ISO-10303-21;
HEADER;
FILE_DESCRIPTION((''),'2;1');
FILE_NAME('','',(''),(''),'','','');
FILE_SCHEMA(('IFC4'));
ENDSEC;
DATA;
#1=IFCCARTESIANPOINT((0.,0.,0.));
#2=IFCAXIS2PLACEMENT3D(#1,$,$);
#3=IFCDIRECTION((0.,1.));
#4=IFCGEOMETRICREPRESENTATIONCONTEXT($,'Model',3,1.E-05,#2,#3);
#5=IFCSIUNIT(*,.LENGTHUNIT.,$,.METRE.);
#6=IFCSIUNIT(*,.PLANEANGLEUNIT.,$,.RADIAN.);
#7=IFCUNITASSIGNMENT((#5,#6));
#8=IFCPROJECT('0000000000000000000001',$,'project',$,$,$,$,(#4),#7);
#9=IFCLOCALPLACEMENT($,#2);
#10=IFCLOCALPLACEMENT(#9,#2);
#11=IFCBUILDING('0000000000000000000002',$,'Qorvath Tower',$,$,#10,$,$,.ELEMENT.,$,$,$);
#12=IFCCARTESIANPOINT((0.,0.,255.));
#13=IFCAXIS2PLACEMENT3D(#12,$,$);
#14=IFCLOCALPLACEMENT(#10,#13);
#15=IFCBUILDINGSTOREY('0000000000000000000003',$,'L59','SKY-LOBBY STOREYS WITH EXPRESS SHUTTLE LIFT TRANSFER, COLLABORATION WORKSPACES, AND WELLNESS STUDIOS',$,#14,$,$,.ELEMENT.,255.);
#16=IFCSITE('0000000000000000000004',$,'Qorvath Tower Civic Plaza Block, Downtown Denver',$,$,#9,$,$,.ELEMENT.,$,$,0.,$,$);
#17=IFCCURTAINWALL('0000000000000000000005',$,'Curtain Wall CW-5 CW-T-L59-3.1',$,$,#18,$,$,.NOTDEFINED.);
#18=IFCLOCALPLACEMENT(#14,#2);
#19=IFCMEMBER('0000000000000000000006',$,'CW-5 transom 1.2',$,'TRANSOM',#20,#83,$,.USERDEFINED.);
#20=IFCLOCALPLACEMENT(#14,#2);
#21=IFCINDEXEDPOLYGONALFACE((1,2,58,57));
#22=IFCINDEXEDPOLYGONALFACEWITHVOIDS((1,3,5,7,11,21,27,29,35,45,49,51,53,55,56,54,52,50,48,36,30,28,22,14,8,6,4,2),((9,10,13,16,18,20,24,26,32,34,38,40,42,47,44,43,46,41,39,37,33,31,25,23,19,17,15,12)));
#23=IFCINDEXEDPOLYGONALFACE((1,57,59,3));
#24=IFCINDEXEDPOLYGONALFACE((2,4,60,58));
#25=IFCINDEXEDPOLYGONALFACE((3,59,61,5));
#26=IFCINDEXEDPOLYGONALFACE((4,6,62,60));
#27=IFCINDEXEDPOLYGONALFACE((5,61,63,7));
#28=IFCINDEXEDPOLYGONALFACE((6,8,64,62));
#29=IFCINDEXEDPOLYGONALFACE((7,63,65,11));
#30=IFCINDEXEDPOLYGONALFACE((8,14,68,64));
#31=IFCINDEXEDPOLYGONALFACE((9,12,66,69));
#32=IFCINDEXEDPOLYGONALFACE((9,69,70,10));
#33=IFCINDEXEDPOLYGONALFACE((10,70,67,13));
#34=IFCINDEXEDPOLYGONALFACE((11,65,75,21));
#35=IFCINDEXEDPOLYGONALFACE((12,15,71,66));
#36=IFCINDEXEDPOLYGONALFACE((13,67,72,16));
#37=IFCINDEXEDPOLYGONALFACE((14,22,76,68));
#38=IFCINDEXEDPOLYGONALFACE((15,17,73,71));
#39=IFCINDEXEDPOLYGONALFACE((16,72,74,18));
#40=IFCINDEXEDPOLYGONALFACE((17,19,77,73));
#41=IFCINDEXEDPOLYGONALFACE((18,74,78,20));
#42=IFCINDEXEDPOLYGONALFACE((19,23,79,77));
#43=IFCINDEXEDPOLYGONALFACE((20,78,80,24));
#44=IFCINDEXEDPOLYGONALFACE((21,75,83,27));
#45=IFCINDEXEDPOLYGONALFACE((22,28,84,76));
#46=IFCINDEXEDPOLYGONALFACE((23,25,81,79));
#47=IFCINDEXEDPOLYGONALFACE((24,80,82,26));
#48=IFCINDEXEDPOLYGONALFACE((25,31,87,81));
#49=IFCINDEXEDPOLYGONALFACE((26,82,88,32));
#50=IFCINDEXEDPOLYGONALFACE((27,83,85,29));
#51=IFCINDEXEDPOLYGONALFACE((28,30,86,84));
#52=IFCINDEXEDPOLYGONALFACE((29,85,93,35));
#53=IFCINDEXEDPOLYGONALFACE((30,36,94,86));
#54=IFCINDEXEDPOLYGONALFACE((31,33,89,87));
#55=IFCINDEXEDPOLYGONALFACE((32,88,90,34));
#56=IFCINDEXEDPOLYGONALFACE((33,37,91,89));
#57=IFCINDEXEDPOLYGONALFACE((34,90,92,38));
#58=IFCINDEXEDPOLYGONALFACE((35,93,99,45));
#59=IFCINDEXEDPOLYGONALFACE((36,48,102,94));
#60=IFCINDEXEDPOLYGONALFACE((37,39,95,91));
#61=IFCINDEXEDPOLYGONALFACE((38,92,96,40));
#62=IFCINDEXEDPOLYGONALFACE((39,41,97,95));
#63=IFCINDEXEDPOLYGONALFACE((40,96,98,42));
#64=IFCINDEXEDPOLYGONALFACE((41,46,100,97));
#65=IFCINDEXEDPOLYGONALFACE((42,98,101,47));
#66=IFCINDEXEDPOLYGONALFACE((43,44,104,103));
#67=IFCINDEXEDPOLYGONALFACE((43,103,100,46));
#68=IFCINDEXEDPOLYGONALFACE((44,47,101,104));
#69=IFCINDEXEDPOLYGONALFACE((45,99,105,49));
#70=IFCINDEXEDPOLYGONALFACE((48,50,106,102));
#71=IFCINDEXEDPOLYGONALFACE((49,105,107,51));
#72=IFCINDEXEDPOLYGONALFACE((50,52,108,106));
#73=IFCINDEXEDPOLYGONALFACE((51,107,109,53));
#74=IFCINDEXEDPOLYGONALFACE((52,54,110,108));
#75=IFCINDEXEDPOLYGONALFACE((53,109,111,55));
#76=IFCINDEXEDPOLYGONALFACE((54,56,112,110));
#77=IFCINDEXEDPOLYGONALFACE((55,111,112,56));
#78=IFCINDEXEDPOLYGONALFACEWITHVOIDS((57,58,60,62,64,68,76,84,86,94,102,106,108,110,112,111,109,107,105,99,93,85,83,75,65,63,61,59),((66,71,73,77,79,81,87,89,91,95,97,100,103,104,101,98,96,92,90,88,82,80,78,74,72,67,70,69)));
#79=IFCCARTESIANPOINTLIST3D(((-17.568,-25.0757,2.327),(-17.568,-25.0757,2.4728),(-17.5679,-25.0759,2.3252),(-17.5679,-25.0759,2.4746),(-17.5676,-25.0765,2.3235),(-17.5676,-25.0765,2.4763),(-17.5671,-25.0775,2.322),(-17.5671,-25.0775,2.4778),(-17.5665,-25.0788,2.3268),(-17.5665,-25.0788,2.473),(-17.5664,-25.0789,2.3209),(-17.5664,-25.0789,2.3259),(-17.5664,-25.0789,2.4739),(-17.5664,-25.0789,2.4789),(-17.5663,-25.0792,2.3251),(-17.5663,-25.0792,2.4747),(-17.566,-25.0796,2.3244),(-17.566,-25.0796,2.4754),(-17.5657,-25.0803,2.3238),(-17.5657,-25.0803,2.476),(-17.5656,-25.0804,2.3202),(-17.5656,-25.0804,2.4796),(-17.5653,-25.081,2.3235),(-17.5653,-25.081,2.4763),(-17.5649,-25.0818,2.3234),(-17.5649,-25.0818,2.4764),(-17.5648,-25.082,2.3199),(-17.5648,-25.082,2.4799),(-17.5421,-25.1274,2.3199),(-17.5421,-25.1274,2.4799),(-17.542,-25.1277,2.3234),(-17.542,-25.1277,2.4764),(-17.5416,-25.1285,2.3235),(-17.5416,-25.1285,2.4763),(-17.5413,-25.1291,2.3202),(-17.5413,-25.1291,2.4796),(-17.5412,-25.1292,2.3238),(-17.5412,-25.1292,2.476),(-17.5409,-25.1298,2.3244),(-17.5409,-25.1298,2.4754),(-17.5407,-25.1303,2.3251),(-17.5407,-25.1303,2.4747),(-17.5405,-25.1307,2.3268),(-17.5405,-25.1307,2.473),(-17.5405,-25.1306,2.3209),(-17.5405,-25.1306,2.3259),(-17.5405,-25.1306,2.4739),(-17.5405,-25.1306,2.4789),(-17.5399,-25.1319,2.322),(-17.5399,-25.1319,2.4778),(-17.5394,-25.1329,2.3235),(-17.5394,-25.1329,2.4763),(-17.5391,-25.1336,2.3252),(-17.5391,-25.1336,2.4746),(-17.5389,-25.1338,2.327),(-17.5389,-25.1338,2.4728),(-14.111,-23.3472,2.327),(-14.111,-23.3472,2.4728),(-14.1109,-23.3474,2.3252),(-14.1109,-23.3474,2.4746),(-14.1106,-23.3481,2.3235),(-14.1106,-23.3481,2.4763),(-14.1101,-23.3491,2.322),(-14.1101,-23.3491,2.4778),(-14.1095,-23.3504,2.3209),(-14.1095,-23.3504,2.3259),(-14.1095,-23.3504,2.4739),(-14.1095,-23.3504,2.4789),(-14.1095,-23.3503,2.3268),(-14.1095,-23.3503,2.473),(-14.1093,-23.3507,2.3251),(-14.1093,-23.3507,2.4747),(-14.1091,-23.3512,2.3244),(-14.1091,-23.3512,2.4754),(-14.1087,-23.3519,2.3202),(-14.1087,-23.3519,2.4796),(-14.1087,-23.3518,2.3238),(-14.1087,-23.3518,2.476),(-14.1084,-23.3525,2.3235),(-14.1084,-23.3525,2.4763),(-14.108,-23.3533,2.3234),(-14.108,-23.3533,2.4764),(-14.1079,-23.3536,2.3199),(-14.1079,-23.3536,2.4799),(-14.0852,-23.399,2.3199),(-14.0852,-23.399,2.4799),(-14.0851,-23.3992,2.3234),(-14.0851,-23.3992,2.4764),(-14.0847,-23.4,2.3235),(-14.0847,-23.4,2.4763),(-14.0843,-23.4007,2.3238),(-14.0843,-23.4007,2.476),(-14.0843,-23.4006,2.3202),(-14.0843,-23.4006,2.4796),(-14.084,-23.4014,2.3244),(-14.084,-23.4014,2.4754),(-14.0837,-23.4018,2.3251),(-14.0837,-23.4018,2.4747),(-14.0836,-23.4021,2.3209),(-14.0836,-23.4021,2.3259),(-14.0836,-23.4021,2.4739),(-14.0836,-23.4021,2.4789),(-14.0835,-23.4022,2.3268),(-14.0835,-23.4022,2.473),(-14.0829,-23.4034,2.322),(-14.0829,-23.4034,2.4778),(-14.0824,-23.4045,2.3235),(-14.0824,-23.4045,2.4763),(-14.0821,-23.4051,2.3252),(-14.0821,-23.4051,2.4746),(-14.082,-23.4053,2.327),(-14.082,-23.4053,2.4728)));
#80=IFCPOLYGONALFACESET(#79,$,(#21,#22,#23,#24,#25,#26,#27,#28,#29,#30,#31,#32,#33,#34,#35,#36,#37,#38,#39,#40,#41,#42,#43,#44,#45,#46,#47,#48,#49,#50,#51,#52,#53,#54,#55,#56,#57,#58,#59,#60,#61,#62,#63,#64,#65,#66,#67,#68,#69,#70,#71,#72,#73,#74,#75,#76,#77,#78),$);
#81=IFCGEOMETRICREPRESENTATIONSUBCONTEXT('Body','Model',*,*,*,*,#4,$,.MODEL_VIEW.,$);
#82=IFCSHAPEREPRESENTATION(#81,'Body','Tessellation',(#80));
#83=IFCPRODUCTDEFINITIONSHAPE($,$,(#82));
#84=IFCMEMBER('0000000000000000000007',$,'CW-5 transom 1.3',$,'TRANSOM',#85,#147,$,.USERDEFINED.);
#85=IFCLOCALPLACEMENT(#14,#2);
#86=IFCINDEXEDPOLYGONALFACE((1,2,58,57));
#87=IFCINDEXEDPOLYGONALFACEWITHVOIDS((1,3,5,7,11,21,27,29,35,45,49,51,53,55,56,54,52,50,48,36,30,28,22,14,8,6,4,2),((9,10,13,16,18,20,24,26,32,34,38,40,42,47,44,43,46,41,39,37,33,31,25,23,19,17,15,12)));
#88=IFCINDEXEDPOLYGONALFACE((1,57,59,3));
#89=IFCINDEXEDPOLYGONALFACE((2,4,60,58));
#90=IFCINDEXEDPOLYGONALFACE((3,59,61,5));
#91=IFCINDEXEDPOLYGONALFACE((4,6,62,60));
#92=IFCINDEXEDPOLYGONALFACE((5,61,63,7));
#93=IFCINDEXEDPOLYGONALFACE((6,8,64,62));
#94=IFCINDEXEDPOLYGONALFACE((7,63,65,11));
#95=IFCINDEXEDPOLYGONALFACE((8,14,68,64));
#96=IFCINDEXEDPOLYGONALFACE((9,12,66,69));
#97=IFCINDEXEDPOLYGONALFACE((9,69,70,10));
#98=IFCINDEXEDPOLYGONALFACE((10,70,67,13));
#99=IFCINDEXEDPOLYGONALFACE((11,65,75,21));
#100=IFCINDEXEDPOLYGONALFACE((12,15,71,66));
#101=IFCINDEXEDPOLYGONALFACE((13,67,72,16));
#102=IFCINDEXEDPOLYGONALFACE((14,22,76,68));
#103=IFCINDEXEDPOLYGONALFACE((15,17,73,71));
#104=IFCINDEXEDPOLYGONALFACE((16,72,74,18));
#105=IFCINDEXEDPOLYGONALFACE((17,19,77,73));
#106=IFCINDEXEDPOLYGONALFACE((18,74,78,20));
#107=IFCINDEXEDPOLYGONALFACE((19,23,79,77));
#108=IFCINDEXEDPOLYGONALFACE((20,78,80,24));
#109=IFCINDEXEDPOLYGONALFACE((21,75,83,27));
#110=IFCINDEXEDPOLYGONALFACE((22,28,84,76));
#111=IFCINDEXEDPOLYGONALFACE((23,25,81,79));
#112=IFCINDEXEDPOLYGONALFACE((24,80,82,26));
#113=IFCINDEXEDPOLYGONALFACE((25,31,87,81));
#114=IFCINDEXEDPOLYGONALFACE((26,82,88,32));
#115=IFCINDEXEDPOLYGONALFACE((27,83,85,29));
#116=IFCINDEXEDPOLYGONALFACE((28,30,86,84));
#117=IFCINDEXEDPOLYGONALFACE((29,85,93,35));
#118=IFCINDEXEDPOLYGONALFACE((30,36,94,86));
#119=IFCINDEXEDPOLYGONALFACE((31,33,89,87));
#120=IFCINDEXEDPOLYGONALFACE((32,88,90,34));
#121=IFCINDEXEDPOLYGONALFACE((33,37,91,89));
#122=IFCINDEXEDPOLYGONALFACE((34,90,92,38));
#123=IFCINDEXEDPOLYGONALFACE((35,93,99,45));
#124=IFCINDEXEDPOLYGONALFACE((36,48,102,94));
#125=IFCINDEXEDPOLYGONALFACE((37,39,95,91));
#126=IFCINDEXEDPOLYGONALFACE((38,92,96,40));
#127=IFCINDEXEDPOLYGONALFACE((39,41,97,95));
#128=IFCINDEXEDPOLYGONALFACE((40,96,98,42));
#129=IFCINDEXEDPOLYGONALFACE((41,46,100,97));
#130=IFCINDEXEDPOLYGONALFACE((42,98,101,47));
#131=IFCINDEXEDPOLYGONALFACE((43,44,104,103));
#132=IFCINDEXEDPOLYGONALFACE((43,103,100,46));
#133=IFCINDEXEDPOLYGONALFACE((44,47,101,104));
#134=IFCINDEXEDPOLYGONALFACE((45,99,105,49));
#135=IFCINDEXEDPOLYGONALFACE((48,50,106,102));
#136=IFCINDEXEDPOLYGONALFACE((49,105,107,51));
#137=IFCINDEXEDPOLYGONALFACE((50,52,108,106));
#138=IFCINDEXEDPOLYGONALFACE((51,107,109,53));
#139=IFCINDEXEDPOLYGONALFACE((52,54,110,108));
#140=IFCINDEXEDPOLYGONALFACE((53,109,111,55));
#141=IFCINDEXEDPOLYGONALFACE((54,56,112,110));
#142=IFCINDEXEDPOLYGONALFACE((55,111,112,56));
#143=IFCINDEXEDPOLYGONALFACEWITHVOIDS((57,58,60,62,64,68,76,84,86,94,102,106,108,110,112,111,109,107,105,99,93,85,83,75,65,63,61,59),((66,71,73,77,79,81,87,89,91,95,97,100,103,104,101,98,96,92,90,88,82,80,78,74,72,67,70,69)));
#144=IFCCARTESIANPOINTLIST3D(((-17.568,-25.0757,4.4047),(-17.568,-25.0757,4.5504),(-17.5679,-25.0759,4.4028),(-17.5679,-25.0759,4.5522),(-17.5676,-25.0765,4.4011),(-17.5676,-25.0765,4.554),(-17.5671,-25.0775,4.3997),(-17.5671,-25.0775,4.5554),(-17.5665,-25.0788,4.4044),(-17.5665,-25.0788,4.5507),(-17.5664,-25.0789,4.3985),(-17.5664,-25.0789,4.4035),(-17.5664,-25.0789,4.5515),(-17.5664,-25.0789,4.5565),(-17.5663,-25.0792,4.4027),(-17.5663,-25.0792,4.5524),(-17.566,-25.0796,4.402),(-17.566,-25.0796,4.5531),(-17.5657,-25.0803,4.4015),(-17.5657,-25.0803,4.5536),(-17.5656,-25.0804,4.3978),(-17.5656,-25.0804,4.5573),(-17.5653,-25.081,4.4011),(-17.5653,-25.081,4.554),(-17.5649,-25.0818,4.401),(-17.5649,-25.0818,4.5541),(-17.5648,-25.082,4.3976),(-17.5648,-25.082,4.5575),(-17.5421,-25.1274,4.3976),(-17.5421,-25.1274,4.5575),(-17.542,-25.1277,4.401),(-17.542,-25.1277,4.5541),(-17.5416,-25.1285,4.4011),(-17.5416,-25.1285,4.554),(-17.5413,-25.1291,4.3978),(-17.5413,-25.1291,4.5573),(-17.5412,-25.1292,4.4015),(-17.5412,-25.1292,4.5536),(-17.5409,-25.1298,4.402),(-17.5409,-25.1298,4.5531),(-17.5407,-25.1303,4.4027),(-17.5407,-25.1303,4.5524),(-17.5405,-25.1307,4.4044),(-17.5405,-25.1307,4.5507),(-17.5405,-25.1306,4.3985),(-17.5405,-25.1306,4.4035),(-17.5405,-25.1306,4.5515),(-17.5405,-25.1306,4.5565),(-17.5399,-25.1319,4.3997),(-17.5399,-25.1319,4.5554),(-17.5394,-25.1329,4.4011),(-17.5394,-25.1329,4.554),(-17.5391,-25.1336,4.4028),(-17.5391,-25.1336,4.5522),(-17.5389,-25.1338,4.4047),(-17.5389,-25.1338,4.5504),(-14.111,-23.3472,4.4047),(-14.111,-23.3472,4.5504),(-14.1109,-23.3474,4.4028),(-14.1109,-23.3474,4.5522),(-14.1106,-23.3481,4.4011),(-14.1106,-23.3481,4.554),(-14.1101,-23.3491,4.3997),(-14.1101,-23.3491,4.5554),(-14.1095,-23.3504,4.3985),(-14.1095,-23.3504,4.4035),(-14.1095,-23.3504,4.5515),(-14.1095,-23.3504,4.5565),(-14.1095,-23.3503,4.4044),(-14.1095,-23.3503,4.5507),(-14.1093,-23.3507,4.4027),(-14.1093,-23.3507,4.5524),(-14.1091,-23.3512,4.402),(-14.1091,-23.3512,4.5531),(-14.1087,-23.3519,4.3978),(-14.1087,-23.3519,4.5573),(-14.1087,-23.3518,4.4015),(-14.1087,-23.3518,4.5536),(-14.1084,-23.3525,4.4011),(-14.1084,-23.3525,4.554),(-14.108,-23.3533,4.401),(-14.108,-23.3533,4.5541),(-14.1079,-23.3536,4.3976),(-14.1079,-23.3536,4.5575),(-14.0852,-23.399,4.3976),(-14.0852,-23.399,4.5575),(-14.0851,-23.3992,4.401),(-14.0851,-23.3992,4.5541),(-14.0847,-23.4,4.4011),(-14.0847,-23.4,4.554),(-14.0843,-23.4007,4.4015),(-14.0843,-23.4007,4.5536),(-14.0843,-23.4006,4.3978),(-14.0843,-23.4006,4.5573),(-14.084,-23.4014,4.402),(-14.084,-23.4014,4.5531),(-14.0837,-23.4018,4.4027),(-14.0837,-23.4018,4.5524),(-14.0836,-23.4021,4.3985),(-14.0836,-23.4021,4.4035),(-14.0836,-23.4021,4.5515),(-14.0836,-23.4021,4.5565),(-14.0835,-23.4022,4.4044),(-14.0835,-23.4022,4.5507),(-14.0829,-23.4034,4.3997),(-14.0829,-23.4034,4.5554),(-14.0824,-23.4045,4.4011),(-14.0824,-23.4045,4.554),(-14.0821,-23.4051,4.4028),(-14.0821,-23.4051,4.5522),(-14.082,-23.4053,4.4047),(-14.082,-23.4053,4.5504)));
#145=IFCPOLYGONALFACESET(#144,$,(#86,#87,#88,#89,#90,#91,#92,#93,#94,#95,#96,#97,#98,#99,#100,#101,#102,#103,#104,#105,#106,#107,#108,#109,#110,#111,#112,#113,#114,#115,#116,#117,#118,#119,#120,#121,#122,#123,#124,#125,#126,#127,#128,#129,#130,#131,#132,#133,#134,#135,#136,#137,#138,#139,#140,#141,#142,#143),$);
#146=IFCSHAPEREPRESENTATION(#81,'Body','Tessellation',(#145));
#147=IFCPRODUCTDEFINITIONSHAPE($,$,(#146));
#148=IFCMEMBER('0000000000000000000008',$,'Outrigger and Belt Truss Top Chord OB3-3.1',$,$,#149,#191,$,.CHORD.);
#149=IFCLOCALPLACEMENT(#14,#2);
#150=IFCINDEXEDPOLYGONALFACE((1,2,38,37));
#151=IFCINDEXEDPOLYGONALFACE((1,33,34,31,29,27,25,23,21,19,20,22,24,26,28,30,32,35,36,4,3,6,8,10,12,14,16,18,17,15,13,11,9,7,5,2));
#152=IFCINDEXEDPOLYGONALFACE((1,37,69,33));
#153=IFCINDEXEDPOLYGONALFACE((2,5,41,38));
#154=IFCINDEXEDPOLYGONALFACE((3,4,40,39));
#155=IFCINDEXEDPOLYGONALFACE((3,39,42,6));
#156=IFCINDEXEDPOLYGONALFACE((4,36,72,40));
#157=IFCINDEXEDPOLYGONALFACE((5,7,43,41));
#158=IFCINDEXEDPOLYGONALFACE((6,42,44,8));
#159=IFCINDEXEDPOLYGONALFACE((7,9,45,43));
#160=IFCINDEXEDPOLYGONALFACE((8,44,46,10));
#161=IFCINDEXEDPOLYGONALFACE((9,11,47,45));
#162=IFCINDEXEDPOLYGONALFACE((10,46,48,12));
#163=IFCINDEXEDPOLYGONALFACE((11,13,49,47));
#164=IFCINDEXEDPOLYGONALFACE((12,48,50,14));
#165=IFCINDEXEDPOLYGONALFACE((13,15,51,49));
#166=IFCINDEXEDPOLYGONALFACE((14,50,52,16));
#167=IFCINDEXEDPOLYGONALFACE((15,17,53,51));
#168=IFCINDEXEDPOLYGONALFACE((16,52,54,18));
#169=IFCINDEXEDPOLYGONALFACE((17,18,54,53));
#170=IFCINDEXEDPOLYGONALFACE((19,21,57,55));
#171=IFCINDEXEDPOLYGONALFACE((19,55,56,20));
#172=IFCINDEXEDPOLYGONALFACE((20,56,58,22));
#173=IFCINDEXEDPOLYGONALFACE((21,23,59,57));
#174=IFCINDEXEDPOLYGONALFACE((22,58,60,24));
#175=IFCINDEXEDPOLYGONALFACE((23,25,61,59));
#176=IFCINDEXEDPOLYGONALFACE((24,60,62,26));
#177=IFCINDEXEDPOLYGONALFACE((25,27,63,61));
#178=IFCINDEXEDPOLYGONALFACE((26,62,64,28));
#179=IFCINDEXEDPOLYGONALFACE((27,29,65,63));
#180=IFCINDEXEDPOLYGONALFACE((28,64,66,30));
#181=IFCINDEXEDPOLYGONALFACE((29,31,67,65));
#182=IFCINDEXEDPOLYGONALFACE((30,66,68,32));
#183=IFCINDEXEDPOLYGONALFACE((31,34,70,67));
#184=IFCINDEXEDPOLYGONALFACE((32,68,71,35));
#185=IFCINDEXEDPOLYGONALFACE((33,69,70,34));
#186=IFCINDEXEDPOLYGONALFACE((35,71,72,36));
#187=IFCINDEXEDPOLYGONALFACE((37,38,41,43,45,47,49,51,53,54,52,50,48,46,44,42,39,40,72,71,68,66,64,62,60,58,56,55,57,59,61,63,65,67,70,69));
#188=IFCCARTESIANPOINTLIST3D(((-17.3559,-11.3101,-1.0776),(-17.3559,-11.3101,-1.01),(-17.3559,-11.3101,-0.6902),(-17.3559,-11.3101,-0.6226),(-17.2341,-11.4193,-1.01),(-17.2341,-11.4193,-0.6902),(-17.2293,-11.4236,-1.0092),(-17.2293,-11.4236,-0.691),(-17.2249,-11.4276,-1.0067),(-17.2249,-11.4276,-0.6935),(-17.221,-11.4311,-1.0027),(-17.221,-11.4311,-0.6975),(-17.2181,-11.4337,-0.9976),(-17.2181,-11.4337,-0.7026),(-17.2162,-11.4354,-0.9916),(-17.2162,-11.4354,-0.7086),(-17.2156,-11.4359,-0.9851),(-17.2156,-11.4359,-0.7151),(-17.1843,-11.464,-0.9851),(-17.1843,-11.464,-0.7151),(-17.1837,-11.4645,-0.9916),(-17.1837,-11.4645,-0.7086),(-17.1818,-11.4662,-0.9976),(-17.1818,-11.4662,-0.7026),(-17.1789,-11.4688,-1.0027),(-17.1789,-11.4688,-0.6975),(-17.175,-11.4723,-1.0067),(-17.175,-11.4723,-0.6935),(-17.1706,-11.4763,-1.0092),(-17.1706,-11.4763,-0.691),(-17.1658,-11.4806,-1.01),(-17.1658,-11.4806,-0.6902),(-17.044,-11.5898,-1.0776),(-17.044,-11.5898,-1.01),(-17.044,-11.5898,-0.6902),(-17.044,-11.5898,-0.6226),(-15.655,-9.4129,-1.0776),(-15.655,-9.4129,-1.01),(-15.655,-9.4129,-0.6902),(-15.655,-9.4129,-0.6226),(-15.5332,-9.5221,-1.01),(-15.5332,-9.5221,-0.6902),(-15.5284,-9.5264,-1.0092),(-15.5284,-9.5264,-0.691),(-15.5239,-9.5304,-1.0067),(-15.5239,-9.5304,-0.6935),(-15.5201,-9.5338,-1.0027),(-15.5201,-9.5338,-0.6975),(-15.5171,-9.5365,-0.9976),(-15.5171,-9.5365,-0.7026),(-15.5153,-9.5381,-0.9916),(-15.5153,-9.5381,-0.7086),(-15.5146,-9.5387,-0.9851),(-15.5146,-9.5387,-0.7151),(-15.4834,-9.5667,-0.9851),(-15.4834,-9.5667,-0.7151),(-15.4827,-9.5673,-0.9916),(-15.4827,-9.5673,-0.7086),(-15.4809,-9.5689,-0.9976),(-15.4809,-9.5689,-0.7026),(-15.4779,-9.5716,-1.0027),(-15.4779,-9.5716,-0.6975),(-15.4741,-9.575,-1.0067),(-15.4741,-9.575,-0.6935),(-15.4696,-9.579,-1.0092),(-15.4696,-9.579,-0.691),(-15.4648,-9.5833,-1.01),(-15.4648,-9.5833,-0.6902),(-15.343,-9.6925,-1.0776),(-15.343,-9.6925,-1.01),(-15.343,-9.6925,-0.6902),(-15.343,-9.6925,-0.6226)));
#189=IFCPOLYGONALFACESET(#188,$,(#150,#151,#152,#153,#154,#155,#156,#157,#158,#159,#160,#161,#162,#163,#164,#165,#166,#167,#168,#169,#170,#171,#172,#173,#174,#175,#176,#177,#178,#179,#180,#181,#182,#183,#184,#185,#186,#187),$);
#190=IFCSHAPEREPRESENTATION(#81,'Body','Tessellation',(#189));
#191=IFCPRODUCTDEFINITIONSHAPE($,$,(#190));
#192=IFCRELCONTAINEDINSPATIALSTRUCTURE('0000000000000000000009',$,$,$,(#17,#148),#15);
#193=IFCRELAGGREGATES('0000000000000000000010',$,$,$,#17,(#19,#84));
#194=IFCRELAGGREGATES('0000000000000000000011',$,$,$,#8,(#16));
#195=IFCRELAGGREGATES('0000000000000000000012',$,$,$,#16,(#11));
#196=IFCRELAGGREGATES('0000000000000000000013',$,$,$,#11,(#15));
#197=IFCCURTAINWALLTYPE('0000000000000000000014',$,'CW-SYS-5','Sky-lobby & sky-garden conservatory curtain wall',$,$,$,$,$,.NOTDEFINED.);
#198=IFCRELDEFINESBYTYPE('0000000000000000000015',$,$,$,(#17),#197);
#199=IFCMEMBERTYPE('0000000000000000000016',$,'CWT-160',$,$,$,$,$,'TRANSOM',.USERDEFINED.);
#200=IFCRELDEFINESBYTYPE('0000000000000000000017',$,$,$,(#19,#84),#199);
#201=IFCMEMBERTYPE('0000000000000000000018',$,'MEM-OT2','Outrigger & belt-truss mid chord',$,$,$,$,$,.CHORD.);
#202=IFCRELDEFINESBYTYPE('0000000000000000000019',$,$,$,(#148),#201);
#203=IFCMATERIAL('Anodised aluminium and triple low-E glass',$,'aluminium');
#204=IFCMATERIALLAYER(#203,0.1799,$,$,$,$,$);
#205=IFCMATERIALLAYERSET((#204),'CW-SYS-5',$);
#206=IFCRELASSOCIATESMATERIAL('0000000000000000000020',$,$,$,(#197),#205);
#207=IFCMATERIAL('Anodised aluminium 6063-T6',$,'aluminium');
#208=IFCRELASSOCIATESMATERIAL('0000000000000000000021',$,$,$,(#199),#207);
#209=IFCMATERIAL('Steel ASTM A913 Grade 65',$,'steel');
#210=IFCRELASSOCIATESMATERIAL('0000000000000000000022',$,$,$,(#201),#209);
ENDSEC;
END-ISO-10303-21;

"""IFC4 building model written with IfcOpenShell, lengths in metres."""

from ifc_helpers import new_model, si_unit, direction, frame, origin, origin_2d, place, context, subcontext, project, spatial, hollow_rectangle, i_section, extrude, material, layer, layer_set, material_profile, profile_set, type_object, element, aggregate, save


model = new_model("IFC4")

# Units and contexts
model_context = context("Model", 3, precision=1e-05, world=origin(), true_north=direction((0.0, 1.0)))
body_context = subcontext(model_context, "Body", "Model", "MODEL_VIEW")
ifc_project = project(units=[si_unit("LENGTHUNIT", "METRE"), si_unit("PLANEANGLEUNIT", "RADIAN")], contexts=[model_context])

# Site, building, storey
site_placement = place(None, origin())
site = spatial("IfcSite", under=ifc_project, at=site_placement, Name="Qorvath Tower Civic Plaza Block, Downtown Denver", CompositionType="ELEMENT", RefElevation=0.0)
building_placement = place(site_placement, origin())
building = spatial("IfcBuilding", under=site, at=building_placement, Name="Qorvath Tower", CompositionType="ELEMENT")
storey_placement = place(building_placement, frame((0.0, 0.0, 255.0)))
storey = spatial("IfcBuildingStorey", under=building, at=storey_placement, Name="L59", Description="SKY-LOBBY STOREYS WITH EXPRESS SHUTTLE LIFT TRANSFER, COLLABORATION WORKSPACES, AND WELLNESS STUDIOS", CompositionType="ELEMENT", Elevation=255.0)

# Shared definitions
ifc_material_1 = material(Name="Anodised aluminium and triple low-E glass", Category="aluminium")
ifc_layer_1 = layer(ifc_material_1, 0.1799)
ifc_layer_set_1 = layer_set([ifc_layer_1], Name="CW-SYS-5")
curtain_wall_type = type_object("IfcCurtainWallType", Name="CW-SYS-5", Description="Sky-lobby & sky-garden conservatory curtain wall", PredefinedType="NOTDEFINED", material=ifc_layer_set_1)

# Curtain wall
curtain_wall_1_placement = place(storey_placement, origin())
curtain_wall_1 = element("IfcCurtainWall", 1, at=curtain_wall_1_placement, inside=storey, type_object=curtain_wall_type, Name="Curtain Wall CW-5 CW-T-L59-3.1", PredefinedType="NOTDEFINED")

# Members
ifc_material_2 = material(Name="Anodised aluminium 6063-T6", Category="aluminium")
ifc_material_profile_1 = material_profile(ifc_material_2, hollow_rectangle(XDim=0.0649, YDim=0.1599, WallThickness=0.0034, InnerFilletRadius=0.0034, OuterFilletRadius=0.0071, at=origin_2d()), Name="CWT 160x65")
ifc_profile_set_1 = profile_set([ifc_material_profile_1], Name="Anodised aluminium 6063-T6")
member_type_1 = type_object("IfcMemberType", Name="CWT-160", ElementType="TRANSOM", PredefinedType="USERDEFINED", material=ifc_profile_set_1)
member_1_placement = place(storey_placement, frame((-17.5535, -25.1047, 2.3999), z_axis=(0.894427, 0.447214, 0.0), x_axis=(-0.447214, 0.894427, 0.0)))
member_1 = element("IfcMember", 2, at=member_1_placement, type_object=member_type_1, Name="CW-5 transom 1.2", ObjectType="TRANSOM", PredefinedType="USERDEFINED", context=body_context, shape_type="SweptSolid", body=[
    extrude(hollow_rectangle(XDim=0.0649, YDim=0.1599, WallThickness=0.0034, InnerFilletRadius=0.0034, OuterFilletRadius=0.0071, at=origin_2d()), origin(), (0.0, 0.0, 1.0), 3.865),
])
member_2_placement = place(storey_placement, frame((-17.5535, -25.1047, 4.4775), z_axis=(0.894427, 0.447214, 0.0), x_axis=(-0.447214, 0.894427, 0.0)))
member_2 = element("IfcMember", 3, at=member_2_placement, type_object=member_type_1, Name="CW-5 transom 1.3", ObjectType="TRANSOM", PredefinedType="USERDEFINED", context=body_context, shape_type="SweptSolid", body=[
    extrude(hollow_rectangle(XDim=0.0649, YDim=0.1599, WallThickness=0.0034, InnerFilletRadius=0.0034, OuterFilletRadius=0.0071, at=origin_2d()), origin(), (0.0, 0.0, 1.0), 3.865),
])

# Member
ifc_material_3 = material(Name="Steel ASTM A913 Grade 65", Category="steel")
ifc_material_profile_2 = material_profile(ifc_material_3, i_section(OverallWidth=0.4189, OverallDepth=0.4551, WebThickness=0.042, FlangeThickness=0.0676, FilletRadius=0.0249, at=origin_2d()), Name="W14x370")
ifc_profile_set_2 = profile_set([ifc_material_profile_2], Name="Steel ASTM A913 Grade 65")
member_type_2 = type_object("IfcMemberType", Name="MEM-OT2", Description="Outrigger & belt-truss mid chord", PredefinedType="CHORD", material=ifc_profile_set_2)
member_3_placement = place(storey_placement, frame((-17.2, -11.45, -0.8501), z_axis=(0.66754, 0.744574, 0.0), x_axis=(-0.744574, 0.66754, 0.0)))
element("IfcMember", 4, at=member_3_placement, inside=storey, type_object=member_type_2, Name="Outrigger and Belt Truss Top Chord OB3-3.1", PredefinedType="CHORD", context=body_context, shape_type="SweptSolid", body=[
    extrude(i_section(OverallWidth=0.4189, OverallDepth=0.4551, WebThickness=0.042, FlangeThickness=0.0676, FilletRadius=0.0249, at=origin_2d()), origin(), (0.0, 0.0, 1.0), 2.5481),
])

aggregate(curtain_wall_1, [member_1, member_2])

save(model, "model.ifc")
